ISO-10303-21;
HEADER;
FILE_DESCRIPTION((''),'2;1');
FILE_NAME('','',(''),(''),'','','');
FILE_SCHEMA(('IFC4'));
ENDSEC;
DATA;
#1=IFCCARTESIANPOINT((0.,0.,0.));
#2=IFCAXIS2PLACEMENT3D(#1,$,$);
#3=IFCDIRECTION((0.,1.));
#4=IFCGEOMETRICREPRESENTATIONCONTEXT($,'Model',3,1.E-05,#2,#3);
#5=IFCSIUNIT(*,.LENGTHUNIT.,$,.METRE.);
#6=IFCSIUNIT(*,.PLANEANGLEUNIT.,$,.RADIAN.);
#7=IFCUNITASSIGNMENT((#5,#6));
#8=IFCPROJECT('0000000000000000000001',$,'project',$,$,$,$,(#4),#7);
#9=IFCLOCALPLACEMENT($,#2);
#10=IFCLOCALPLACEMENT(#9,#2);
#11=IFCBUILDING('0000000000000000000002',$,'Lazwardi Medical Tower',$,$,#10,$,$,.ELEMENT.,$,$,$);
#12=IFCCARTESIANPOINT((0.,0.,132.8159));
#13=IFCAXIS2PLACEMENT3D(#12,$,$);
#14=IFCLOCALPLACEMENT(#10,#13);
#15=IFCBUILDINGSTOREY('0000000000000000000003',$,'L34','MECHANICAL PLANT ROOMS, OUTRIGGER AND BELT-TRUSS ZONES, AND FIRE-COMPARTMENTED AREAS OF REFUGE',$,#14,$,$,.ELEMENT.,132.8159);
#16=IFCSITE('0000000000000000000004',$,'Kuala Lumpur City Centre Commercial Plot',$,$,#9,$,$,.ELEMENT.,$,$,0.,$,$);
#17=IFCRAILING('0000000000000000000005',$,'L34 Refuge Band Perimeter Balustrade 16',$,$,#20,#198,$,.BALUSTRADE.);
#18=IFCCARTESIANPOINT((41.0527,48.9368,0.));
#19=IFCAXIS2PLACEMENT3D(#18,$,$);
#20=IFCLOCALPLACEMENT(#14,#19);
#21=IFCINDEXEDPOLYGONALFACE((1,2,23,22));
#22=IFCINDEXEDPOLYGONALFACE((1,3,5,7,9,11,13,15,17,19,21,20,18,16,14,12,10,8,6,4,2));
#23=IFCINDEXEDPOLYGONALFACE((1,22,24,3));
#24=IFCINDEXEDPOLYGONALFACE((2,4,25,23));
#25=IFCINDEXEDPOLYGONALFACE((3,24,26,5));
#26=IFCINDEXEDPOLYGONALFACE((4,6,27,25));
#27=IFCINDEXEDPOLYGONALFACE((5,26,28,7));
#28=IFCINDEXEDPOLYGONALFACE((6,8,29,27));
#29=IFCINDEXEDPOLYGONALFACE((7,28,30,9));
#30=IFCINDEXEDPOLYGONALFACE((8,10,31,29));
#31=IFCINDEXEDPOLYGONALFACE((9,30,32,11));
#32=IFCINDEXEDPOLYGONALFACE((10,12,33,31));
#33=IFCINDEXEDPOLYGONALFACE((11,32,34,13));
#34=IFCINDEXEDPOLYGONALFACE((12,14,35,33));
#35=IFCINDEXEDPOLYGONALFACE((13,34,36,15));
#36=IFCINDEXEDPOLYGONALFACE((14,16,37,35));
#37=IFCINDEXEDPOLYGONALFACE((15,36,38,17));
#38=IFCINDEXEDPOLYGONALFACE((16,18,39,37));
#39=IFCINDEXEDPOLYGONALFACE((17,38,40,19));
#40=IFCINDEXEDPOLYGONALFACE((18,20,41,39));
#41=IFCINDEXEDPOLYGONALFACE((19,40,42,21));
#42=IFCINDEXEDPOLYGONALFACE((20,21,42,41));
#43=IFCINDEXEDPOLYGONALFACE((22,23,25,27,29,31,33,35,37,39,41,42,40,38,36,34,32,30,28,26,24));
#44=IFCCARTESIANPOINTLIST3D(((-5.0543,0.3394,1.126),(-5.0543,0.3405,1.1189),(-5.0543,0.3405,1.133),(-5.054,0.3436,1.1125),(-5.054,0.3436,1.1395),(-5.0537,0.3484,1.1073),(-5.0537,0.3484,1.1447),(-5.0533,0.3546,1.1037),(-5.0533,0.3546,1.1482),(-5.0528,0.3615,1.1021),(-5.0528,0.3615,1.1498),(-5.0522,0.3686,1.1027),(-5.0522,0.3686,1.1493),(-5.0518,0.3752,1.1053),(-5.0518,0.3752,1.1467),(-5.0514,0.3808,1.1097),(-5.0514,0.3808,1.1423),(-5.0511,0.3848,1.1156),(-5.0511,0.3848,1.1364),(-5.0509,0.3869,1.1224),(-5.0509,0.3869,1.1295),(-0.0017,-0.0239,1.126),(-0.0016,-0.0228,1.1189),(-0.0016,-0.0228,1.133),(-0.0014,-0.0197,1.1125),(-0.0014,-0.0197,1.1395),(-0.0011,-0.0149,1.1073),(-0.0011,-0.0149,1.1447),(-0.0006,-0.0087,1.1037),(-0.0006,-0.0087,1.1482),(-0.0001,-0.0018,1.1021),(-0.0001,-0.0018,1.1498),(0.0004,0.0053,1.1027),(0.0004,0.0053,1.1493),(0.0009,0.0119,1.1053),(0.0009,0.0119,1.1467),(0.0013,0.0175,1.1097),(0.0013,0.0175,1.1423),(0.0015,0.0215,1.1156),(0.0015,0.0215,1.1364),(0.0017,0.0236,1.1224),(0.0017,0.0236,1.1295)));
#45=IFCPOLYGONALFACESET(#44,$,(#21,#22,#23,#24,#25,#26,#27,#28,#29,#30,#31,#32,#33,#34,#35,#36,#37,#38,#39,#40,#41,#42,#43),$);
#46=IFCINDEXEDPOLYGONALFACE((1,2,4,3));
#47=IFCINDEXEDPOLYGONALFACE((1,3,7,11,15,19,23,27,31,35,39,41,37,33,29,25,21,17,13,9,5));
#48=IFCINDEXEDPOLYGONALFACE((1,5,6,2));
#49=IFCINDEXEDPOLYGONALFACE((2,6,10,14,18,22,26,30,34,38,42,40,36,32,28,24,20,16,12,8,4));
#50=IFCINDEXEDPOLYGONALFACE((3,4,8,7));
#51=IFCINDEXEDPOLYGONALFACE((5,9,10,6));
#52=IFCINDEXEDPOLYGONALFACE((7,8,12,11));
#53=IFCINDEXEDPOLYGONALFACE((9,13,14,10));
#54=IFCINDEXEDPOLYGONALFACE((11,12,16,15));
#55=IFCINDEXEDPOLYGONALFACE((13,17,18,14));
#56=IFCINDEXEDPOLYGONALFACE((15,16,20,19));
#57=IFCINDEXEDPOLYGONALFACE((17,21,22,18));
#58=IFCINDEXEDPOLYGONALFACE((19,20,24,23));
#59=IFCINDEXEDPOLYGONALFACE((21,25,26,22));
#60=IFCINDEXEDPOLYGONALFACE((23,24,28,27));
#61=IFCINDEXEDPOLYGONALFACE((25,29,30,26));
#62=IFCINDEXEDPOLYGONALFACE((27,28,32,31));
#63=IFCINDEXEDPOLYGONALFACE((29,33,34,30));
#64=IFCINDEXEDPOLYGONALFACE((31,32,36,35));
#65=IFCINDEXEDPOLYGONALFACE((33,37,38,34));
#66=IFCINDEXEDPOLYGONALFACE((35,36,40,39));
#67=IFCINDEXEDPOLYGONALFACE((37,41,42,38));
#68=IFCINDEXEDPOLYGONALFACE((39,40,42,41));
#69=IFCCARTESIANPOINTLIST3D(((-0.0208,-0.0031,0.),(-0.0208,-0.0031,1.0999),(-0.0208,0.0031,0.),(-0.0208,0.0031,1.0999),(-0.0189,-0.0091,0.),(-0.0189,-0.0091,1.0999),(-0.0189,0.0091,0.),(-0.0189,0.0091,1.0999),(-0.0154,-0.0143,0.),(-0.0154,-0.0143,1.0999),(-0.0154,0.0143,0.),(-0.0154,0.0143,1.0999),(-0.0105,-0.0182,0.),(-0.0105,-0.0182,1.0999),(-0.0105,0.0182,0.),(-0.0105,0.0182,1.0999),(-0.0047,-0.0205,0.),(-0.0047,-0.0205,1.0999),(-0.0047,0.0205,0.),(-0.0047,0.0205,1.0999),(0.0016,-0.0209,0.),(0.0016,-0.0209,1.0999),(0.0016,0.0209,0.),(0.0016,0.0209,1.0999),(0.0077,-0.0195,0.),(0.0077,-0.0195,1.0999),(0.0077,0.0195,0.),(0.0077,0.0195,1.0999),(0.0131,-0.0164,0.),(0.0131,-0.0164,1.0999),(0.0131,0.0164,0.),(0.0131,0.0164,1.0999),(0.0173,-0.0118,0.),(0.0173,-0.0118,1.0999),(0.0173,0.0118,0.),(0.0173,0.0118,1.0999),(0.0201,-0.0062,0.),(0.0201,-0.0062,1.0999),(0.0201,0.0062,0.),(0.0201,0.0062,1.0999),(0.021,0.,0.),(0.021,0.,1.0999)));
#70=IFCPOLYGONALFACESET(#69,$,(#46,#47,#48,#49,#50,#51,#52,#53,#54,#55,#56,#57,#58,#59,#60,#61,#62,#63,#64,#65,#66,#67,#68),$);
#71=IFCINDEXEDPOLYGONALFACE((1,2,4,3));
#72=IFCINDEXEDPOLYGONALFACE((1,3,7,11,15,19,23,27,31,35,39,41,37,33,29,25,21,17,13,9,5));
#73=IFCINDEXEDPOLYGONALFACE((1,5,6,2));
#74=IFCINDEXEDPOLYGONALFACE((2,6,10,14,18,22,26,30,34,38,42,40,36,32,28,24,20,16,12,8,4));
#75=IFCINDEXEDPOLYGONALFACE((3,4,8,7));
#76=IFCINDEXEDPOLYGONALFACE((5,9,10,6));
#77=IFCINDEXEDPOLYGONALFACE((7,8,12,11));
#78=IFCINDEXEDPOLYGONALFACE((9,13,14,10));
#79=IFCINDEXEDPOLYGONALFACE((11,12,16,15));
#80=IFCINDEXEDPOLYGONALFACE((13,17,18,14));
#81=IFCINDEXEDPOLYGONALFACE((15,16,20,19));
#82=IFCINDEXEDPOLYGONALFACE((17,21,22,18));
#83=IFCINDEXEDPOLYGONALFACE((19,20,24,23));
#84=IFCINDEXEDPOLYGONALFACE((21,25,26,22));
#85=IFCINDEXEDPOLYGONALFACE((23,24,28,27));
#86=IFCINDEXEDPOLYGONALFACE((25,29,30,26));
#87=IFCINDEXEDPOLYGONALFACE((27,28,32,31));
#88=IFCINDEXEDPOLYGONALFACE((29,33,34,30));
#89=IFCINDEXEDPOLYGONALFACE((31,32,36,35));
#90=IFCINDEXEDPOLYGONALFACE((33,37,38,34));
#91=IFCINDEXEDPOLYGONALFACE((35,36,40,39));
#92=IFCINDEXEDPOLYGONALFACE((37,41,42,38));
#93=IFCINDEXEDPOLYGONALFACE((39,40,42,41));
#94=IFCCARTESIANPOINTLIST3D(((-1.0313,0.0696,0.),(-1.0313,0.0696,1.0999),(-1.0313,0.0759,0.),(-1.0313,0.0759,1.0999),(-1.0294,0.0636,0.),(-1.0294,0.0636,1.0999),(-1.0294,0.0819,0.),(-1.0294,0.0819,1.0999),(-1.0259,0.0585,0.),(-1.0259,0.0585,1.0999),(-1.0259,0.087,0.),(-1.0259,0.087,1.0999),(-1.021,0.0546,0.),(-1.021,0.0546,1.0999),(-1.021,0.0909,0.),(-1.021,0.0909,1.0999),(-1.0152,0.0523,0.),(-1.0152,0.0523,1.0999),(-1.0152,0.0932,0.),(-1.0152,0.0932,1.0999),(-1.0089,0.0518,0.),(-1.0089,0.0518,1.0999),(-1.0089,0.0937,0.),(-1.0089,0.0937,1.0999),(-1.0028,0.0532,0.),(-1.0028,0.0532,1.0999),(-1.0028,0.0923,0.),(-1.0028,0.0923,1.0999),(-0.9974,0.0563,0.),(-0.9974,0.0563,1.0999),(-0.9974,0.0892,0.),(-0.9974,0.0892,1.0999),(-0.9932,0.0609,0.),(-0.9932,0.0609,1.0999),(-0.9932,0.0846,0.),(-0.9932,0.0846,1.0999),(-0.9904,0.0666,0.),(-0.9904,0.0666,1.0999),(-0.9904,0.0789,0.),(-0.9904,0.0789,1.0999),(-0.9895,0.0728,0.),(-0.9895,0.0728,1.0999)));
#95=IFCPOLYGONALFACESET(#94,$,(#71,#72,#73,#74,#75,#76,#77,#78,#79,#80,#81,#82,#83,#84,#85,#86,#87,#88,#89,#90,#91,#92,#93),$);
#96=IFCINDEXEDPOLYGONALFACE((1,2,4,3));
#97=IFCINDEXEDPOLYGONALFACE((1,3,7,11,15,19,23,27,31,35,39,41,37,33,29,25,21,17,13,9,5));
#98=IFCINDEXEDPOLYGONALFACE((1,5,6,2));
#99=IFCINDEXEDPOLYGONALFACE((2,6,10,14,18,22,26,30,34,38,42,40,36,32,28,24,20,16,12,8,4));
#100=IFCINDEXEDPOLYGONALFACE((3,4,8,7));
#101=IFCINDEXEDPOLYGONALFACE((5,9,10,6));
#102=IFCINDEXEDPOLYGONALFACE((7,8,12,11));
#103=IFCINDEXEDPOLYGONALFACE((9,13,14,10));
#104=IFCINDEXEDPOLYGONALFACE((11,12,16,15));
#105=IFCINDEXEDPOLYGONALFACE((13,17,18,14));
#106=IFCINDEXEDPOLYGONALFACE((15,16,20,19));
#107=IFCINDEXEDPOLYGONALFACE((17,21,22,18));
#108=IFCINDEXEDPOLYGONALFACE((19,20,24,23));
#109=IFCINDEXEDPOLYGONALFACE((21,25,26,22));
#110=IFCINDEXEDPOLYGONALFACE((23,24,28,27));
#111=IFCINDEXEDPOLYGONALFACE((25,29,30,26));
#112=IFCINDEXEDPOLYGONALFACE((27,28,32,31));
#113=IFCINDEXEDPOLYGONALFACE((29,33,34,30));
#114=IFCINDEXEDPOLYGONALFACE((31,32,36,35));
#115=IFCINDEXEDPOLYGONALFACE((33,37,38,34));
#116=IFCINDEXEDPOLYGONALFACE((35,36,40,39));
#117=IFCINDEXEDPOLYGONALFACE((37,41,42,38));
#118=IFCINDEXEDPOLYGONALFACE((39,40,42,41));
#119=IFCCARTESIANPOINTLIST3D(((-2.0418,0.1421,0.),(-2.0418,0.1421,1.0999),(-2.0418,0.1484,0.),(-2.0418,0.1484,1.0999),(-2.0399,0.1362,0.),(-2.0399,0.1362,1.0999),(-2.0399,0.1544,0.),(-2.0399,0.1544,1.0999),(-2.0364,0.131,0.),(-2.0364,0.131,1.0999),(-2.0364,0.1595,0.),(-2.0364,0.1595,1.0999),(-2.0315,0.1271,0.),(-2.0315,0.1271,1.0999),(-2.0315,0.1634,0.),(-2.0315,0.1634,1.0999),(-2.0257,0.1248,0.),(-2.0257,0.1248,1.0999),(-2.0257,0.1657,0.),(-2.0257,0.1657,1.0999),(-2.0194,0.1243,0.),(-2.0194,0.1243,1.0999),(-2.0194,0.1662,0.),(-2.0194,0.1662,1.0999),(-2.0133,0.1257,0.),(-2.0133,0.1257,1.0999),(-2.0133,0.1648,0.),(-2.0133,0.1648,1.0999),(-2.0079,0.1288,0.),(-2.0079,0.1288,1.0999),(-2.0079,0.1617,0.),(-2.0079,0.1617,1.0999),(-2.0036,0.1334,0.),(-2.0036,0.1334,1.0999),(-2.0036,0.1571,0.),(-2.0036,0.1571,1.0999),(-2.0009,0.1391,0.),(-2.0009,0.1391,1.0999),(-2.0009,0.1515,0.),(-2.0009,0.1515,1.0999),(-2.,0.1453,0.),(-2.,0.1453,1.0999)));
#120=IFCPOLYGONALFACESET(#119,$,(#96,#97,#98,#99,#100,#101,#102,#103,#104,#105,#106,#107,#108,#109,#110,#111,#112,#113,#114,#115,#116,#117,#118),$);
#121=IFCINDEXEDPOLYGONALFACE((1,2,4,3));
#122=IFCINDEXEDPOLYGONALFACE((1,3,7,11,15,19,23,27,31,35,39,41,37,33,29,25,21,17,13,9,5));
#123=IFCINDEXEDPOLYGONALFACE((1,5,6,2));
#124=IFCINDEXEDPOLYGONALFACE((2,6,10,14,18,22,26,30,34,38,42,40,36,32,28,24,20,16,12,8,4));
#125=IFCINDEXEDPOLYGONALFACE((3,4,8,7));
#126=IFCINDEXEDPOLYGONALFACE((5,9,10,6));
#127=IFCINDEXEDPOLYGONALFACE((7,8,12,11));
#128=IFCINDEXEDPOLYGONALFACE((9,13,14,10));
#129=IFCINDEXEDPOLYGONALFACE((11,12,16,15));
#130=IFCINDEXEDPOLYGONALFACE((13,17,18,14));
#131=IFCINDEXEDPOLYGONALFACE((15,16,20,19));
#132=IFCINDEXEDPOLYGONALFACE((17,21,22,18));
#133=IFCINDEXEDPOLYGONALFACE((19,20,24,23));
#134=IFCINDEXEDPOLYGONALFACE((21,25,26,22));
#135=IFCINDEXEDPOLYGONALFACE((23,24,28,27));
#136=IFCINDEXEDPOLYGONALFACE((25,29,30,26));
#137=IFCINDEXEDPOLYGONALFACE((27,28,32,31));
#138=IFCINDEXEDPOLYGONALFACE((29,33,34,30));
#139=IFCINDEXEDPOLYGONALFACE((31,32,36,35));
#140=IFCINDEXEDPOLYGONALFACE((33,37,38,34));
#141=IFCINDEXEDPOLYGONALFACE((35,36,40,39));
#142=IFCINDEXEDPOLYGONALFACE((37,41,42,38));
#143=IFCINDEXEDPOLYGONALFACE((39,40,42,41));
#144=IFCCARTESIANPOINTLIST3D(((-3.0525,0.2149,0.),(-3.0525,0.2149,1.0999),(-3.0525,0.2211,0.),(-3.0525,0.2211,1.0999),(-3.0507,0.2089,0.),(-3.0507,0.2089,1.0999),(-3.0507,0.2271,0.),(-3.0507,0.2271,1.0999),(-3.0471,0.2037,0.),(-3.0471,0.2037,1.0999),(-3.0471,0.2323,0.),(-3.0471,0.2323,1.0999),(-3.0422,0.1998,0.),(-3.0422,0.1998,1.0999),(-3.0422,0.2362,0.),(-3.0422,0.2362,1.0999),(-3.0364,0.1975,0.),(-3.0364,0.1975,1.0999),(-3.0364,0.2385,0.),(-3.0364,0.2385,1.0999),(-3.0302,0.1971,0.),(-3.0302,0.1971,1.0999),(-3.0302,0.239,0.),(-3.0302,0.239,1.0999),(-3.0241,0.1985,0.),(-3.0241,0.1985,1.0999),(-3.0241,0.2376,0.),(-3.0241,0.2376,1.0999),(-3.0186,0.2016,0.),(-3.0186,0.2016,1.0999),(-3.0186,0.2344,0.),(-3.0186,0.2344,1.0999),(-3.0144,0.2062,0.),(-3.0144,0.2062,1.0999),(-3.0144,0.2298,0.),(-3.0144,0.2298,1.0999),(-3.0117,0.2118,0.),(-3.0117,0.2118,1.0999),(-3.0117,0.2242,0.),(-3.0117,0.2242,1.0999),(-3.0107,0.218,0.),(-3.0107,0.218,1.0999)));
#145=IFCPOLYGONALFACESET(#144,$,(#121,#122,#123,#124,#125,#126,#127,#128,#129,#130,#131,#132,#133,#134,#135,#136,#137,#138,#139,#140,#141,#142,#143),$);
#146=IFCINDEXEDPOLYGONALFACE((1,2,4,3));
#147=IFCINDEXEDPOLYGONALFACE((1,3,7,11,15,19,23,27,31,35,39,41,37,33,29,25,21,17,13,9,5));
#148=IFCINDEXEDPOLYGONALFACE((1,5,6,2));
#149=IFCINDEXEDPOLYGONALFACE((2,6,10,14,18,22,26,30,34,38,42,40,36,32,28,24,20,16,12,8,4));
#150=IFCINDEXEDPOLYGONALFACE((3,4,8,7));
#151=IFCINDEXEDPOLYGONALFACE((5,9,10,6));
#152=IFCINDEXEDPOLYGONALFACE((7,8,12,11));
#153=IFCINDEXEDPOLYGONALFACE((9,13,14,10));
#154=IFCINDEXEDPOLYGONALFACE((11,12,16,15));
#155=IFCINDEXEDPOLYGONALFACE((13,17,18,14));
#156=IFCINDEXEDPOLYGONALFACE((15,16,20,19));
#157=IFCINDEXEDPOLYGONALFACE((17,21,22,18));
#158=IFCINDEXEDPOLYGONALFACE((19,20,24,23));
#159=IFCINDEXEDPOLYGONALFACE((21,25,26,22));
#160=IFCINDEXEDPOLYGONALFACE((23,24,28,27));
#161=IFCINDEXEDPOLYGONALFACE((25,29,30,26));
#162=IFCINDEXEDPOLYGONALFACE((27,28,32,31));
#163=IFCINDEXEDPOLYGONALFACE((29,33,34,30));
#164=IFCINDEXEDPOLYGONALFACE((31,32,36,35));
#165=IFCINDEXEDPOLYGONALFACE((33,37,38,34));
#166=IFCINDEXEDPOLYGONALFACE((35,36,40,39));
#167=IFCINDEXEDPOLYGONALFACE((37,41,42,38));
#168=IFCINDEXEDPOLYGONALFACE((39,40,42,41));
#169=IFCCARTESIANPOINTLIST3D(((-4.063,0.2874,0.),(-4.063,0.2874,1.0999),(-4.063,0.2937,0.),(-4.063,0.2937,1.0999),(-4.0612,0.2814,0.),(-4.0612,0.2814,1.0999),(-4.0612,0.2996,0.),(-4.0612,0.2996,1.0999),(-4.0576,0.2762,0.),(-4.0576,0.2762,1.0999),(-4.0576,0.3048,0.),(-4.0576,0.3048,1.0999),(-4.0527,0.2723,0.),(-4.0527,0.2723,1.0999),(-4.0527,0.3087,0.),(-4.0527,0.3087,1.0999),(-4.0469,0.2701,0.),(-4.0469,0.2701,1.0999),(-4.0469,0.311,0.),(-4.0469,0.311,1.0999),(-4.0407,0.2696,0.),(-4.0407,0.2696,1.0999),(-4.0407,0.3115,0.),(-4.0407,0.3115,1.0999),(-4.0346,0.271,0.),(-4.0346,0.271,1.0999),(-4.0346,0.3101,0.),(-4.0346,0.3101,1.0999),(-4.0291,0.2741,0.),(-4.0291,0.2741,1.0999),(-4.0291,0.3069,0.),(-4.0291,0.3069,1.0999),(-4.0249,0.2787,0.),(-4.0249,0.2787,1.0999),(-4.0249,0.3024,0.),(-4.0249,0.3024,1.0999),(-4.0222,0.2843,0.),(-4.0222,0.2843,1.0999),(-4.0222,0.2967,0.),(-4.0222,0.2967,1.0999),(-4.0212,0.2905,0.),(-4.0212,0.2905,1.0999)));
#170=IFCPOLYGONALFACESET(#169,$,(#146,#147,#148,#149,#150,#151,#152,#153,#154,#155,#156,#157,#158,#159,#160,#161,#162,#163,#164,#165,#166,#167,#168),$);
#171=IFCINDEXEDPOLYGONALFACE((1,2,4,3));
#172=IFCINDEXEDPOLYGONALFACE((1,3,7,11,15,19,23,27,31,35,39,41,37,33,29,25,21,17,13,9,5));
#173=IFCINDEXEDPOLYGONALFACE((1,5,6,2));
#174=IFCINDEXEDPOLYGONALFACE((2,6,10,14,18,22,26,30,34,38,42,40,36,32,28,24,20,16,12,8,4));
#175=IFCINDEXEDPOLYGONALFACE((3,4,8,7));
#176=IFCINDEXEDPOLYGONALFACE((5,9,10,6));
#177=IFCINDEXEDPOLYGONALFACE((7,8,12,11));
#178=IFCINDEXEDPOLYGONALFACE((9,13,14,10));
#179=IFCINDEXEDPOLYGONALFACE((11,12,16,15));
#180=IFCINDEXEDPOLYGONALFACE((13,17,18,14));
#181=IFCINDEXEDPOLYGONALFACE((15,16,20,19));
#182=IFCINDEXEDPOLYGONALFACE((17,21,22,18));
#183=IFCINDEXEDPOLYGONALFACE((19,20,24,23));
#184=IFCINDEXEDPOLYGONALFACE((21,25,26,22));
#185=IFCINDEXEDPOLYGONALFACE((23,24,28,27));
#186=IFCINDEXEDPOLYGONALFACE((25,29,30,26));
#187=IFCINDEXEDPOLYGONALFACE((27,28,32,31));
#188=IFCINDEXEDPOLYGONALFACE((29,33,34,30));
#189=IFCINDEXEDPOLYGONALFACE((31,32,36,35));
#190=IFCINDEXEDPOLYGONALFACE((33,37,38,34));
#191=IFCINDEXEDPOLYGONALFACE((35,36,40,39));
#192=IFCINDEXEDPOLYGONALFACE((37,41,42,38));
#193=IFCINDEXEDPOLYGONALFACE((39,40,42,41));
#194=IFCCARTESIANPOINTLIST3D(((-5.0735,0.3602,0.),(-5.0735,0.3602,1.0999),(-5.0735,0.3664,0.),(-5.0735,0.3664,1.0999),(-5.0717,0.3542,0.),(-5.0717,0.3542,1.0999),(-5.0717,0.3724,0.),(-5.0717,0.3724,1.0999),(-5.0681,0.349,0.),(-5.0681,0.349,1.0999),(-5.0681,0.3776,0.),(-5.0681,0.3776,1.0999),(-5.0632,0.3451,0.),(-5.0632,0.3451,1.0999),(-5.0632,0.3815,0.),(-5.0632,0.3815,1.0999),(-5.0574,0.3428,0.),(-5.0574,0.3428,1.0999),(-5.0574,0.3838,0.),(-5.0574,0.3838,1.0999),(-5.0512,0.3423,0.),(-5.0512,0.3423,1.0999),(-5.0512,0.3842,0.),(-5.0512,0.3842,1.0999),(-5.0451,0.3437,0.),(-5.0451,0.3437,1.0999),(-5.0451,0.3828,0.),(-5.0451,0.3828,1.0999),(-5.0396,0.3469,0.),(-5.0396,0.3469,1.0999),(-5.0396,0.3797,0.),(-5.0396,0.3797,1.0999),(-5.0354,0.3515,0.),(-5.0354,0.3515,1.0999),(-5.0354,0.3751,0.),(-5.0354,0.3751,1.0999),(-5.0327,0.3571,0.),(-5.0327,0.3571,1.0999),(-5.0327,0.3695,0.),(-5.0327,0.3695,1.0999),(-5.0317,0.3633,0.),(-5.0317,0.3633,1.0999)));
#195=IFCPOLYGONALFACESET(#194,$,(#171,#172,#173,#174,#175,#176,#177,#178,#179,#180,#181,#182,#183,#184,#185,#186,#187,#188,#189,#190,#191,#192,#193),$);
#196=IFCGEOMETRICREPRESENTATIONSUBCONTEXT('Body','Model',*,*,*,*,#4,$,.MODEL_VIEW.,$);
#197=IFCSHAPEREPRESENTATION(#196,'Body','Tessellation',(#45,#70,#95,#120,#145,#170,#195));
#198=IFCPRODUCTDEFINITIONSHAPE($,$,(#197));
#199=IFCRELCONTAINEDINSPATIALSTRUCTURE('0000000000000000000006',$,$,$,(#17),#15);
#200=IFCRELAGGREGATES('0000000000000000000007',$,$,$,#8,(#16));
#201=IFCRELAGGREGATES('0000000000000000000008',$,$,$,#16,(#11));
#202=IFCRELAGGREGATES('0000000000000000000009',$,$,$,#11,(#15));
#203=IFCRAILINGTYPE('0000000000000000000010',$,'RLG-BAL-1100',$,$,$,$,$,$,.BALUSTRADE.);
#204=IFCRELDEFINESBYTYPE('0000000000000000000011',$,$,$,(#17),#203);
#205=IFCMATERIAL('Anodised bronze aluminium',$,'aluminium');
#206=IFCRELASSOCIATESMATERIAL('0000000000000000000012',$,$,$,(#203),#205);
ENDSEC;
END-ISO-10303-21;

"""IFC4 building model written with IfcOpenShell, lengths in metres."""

from ifc_helpers import new_model, si_unit, direction, frame, origin, origin_2d, place, context, subcontext, project, spatial, circle, extrude, material, type_object, element, save


model = new_model("IFC4")

# Units and contexts
model_context = context("Model", 3, precision=1e-05, world=origin(), true_north=direction((0.0, 1.0)))
body_context = subcontext(model_context, "Body", "Model", "MODEL_VIEW")
ifc_project = project(units=[si_unit("LENGTHUNIT", "METRE"), si_unit("PLANEANGLEUNIT", "RADIAN")], contexts=[model_context])

# Site, building, storey
site_placement = place(None, origin())
site = spatial("IfcSite", under=ifc_project, at=site_placement, Name="Kuala Lumpur City Centre Commercial Plot", CompositionType="ELEMENT", RefElevation=0.0)
building_placement = place(site_placement, origin())
building = spatial("IfcBuilding", under=site, at=building_placement, Name="Lazwardi Medical Tower", CompositionType="ELEMENT")
storey_placement = place(building_placement, frame((0.0, 0.0, 132.8159)))
storey = spatial("IfcBuildingStorey", under=building, at=storey_placement, Name="L34", Description="MECHANICAL PLANT ROOMS, OUTRIGGER AND BELT-TRUSS ZONES, AND FIRE-COMPARTMENTED AREAS OF REFUGE", CompositionType="ELEMENT", Elevation=132.8159)

# Railing
ifc_material_1 = material(Name="Anodised bronze aluminium", Category="aluminium")
railing_type = type_object("IfcRailingType", Name="RLG-BAL-1100", PredefinedType="BALUSTRADE", material=ifc_material_1)
railing_1_placement = place(storey_placement, frame((41.0527, 48.9368, 0.0)))
element("IfcRailing", 1, at=railing_1_placement, inside=storey, type_object=railing_type, Name="L34 Refuge Band Perimeter Balustrade 16", PredefinedType="BALUSTRADE", context=body_context, shape_type="SweptSolid", body=[
    extrude(circle(Radius=0.0239, at=origin_2d()), frame((0.0, 0.0, 1.126), z_axis=(-0.997425, 0.071713, 0.0), x_axis=(-0.071713, -0.997425, 0.0)), (0.0, 0.0, 1.0), 5.0657),
    extrude(circle(Radius=0.021, at=origin_2d()), origin(), (0.0, 0.0, 1.0), 1.0999),
    extrude(circle(Radius=0.021, at=origin_2d()), frame((-1.0105, 0.0728, 0.0)), (0.0, 0.0, 1.0), 1.0999),
    extrude(circle(Radius=0.021, at=origin_2d()), frame((-2.021, 0.1453, 0.0)), (0.0, 0.0, 1.0), 1.0999),
    extrude(circle(Radius=0.021, at=origin_2d()), frame((-3.0317, 0.218, 0.0)), (0.0, 0.0, 1.0), 1.0999),
    extrude(circle(Radius=0.021, at=origin_2d()), frame((-4.0422, 0.2905, 0.0)), (0.0, 0.0, 1.0), 1.0999),
    extrude(circle(Radius=0.021, at=origin_2d()), frame((-5.0527, 0.3633, 0.0)), (0.0, 0.0, 1.0), 1.0999),
])

save(model, "model.ifc")
